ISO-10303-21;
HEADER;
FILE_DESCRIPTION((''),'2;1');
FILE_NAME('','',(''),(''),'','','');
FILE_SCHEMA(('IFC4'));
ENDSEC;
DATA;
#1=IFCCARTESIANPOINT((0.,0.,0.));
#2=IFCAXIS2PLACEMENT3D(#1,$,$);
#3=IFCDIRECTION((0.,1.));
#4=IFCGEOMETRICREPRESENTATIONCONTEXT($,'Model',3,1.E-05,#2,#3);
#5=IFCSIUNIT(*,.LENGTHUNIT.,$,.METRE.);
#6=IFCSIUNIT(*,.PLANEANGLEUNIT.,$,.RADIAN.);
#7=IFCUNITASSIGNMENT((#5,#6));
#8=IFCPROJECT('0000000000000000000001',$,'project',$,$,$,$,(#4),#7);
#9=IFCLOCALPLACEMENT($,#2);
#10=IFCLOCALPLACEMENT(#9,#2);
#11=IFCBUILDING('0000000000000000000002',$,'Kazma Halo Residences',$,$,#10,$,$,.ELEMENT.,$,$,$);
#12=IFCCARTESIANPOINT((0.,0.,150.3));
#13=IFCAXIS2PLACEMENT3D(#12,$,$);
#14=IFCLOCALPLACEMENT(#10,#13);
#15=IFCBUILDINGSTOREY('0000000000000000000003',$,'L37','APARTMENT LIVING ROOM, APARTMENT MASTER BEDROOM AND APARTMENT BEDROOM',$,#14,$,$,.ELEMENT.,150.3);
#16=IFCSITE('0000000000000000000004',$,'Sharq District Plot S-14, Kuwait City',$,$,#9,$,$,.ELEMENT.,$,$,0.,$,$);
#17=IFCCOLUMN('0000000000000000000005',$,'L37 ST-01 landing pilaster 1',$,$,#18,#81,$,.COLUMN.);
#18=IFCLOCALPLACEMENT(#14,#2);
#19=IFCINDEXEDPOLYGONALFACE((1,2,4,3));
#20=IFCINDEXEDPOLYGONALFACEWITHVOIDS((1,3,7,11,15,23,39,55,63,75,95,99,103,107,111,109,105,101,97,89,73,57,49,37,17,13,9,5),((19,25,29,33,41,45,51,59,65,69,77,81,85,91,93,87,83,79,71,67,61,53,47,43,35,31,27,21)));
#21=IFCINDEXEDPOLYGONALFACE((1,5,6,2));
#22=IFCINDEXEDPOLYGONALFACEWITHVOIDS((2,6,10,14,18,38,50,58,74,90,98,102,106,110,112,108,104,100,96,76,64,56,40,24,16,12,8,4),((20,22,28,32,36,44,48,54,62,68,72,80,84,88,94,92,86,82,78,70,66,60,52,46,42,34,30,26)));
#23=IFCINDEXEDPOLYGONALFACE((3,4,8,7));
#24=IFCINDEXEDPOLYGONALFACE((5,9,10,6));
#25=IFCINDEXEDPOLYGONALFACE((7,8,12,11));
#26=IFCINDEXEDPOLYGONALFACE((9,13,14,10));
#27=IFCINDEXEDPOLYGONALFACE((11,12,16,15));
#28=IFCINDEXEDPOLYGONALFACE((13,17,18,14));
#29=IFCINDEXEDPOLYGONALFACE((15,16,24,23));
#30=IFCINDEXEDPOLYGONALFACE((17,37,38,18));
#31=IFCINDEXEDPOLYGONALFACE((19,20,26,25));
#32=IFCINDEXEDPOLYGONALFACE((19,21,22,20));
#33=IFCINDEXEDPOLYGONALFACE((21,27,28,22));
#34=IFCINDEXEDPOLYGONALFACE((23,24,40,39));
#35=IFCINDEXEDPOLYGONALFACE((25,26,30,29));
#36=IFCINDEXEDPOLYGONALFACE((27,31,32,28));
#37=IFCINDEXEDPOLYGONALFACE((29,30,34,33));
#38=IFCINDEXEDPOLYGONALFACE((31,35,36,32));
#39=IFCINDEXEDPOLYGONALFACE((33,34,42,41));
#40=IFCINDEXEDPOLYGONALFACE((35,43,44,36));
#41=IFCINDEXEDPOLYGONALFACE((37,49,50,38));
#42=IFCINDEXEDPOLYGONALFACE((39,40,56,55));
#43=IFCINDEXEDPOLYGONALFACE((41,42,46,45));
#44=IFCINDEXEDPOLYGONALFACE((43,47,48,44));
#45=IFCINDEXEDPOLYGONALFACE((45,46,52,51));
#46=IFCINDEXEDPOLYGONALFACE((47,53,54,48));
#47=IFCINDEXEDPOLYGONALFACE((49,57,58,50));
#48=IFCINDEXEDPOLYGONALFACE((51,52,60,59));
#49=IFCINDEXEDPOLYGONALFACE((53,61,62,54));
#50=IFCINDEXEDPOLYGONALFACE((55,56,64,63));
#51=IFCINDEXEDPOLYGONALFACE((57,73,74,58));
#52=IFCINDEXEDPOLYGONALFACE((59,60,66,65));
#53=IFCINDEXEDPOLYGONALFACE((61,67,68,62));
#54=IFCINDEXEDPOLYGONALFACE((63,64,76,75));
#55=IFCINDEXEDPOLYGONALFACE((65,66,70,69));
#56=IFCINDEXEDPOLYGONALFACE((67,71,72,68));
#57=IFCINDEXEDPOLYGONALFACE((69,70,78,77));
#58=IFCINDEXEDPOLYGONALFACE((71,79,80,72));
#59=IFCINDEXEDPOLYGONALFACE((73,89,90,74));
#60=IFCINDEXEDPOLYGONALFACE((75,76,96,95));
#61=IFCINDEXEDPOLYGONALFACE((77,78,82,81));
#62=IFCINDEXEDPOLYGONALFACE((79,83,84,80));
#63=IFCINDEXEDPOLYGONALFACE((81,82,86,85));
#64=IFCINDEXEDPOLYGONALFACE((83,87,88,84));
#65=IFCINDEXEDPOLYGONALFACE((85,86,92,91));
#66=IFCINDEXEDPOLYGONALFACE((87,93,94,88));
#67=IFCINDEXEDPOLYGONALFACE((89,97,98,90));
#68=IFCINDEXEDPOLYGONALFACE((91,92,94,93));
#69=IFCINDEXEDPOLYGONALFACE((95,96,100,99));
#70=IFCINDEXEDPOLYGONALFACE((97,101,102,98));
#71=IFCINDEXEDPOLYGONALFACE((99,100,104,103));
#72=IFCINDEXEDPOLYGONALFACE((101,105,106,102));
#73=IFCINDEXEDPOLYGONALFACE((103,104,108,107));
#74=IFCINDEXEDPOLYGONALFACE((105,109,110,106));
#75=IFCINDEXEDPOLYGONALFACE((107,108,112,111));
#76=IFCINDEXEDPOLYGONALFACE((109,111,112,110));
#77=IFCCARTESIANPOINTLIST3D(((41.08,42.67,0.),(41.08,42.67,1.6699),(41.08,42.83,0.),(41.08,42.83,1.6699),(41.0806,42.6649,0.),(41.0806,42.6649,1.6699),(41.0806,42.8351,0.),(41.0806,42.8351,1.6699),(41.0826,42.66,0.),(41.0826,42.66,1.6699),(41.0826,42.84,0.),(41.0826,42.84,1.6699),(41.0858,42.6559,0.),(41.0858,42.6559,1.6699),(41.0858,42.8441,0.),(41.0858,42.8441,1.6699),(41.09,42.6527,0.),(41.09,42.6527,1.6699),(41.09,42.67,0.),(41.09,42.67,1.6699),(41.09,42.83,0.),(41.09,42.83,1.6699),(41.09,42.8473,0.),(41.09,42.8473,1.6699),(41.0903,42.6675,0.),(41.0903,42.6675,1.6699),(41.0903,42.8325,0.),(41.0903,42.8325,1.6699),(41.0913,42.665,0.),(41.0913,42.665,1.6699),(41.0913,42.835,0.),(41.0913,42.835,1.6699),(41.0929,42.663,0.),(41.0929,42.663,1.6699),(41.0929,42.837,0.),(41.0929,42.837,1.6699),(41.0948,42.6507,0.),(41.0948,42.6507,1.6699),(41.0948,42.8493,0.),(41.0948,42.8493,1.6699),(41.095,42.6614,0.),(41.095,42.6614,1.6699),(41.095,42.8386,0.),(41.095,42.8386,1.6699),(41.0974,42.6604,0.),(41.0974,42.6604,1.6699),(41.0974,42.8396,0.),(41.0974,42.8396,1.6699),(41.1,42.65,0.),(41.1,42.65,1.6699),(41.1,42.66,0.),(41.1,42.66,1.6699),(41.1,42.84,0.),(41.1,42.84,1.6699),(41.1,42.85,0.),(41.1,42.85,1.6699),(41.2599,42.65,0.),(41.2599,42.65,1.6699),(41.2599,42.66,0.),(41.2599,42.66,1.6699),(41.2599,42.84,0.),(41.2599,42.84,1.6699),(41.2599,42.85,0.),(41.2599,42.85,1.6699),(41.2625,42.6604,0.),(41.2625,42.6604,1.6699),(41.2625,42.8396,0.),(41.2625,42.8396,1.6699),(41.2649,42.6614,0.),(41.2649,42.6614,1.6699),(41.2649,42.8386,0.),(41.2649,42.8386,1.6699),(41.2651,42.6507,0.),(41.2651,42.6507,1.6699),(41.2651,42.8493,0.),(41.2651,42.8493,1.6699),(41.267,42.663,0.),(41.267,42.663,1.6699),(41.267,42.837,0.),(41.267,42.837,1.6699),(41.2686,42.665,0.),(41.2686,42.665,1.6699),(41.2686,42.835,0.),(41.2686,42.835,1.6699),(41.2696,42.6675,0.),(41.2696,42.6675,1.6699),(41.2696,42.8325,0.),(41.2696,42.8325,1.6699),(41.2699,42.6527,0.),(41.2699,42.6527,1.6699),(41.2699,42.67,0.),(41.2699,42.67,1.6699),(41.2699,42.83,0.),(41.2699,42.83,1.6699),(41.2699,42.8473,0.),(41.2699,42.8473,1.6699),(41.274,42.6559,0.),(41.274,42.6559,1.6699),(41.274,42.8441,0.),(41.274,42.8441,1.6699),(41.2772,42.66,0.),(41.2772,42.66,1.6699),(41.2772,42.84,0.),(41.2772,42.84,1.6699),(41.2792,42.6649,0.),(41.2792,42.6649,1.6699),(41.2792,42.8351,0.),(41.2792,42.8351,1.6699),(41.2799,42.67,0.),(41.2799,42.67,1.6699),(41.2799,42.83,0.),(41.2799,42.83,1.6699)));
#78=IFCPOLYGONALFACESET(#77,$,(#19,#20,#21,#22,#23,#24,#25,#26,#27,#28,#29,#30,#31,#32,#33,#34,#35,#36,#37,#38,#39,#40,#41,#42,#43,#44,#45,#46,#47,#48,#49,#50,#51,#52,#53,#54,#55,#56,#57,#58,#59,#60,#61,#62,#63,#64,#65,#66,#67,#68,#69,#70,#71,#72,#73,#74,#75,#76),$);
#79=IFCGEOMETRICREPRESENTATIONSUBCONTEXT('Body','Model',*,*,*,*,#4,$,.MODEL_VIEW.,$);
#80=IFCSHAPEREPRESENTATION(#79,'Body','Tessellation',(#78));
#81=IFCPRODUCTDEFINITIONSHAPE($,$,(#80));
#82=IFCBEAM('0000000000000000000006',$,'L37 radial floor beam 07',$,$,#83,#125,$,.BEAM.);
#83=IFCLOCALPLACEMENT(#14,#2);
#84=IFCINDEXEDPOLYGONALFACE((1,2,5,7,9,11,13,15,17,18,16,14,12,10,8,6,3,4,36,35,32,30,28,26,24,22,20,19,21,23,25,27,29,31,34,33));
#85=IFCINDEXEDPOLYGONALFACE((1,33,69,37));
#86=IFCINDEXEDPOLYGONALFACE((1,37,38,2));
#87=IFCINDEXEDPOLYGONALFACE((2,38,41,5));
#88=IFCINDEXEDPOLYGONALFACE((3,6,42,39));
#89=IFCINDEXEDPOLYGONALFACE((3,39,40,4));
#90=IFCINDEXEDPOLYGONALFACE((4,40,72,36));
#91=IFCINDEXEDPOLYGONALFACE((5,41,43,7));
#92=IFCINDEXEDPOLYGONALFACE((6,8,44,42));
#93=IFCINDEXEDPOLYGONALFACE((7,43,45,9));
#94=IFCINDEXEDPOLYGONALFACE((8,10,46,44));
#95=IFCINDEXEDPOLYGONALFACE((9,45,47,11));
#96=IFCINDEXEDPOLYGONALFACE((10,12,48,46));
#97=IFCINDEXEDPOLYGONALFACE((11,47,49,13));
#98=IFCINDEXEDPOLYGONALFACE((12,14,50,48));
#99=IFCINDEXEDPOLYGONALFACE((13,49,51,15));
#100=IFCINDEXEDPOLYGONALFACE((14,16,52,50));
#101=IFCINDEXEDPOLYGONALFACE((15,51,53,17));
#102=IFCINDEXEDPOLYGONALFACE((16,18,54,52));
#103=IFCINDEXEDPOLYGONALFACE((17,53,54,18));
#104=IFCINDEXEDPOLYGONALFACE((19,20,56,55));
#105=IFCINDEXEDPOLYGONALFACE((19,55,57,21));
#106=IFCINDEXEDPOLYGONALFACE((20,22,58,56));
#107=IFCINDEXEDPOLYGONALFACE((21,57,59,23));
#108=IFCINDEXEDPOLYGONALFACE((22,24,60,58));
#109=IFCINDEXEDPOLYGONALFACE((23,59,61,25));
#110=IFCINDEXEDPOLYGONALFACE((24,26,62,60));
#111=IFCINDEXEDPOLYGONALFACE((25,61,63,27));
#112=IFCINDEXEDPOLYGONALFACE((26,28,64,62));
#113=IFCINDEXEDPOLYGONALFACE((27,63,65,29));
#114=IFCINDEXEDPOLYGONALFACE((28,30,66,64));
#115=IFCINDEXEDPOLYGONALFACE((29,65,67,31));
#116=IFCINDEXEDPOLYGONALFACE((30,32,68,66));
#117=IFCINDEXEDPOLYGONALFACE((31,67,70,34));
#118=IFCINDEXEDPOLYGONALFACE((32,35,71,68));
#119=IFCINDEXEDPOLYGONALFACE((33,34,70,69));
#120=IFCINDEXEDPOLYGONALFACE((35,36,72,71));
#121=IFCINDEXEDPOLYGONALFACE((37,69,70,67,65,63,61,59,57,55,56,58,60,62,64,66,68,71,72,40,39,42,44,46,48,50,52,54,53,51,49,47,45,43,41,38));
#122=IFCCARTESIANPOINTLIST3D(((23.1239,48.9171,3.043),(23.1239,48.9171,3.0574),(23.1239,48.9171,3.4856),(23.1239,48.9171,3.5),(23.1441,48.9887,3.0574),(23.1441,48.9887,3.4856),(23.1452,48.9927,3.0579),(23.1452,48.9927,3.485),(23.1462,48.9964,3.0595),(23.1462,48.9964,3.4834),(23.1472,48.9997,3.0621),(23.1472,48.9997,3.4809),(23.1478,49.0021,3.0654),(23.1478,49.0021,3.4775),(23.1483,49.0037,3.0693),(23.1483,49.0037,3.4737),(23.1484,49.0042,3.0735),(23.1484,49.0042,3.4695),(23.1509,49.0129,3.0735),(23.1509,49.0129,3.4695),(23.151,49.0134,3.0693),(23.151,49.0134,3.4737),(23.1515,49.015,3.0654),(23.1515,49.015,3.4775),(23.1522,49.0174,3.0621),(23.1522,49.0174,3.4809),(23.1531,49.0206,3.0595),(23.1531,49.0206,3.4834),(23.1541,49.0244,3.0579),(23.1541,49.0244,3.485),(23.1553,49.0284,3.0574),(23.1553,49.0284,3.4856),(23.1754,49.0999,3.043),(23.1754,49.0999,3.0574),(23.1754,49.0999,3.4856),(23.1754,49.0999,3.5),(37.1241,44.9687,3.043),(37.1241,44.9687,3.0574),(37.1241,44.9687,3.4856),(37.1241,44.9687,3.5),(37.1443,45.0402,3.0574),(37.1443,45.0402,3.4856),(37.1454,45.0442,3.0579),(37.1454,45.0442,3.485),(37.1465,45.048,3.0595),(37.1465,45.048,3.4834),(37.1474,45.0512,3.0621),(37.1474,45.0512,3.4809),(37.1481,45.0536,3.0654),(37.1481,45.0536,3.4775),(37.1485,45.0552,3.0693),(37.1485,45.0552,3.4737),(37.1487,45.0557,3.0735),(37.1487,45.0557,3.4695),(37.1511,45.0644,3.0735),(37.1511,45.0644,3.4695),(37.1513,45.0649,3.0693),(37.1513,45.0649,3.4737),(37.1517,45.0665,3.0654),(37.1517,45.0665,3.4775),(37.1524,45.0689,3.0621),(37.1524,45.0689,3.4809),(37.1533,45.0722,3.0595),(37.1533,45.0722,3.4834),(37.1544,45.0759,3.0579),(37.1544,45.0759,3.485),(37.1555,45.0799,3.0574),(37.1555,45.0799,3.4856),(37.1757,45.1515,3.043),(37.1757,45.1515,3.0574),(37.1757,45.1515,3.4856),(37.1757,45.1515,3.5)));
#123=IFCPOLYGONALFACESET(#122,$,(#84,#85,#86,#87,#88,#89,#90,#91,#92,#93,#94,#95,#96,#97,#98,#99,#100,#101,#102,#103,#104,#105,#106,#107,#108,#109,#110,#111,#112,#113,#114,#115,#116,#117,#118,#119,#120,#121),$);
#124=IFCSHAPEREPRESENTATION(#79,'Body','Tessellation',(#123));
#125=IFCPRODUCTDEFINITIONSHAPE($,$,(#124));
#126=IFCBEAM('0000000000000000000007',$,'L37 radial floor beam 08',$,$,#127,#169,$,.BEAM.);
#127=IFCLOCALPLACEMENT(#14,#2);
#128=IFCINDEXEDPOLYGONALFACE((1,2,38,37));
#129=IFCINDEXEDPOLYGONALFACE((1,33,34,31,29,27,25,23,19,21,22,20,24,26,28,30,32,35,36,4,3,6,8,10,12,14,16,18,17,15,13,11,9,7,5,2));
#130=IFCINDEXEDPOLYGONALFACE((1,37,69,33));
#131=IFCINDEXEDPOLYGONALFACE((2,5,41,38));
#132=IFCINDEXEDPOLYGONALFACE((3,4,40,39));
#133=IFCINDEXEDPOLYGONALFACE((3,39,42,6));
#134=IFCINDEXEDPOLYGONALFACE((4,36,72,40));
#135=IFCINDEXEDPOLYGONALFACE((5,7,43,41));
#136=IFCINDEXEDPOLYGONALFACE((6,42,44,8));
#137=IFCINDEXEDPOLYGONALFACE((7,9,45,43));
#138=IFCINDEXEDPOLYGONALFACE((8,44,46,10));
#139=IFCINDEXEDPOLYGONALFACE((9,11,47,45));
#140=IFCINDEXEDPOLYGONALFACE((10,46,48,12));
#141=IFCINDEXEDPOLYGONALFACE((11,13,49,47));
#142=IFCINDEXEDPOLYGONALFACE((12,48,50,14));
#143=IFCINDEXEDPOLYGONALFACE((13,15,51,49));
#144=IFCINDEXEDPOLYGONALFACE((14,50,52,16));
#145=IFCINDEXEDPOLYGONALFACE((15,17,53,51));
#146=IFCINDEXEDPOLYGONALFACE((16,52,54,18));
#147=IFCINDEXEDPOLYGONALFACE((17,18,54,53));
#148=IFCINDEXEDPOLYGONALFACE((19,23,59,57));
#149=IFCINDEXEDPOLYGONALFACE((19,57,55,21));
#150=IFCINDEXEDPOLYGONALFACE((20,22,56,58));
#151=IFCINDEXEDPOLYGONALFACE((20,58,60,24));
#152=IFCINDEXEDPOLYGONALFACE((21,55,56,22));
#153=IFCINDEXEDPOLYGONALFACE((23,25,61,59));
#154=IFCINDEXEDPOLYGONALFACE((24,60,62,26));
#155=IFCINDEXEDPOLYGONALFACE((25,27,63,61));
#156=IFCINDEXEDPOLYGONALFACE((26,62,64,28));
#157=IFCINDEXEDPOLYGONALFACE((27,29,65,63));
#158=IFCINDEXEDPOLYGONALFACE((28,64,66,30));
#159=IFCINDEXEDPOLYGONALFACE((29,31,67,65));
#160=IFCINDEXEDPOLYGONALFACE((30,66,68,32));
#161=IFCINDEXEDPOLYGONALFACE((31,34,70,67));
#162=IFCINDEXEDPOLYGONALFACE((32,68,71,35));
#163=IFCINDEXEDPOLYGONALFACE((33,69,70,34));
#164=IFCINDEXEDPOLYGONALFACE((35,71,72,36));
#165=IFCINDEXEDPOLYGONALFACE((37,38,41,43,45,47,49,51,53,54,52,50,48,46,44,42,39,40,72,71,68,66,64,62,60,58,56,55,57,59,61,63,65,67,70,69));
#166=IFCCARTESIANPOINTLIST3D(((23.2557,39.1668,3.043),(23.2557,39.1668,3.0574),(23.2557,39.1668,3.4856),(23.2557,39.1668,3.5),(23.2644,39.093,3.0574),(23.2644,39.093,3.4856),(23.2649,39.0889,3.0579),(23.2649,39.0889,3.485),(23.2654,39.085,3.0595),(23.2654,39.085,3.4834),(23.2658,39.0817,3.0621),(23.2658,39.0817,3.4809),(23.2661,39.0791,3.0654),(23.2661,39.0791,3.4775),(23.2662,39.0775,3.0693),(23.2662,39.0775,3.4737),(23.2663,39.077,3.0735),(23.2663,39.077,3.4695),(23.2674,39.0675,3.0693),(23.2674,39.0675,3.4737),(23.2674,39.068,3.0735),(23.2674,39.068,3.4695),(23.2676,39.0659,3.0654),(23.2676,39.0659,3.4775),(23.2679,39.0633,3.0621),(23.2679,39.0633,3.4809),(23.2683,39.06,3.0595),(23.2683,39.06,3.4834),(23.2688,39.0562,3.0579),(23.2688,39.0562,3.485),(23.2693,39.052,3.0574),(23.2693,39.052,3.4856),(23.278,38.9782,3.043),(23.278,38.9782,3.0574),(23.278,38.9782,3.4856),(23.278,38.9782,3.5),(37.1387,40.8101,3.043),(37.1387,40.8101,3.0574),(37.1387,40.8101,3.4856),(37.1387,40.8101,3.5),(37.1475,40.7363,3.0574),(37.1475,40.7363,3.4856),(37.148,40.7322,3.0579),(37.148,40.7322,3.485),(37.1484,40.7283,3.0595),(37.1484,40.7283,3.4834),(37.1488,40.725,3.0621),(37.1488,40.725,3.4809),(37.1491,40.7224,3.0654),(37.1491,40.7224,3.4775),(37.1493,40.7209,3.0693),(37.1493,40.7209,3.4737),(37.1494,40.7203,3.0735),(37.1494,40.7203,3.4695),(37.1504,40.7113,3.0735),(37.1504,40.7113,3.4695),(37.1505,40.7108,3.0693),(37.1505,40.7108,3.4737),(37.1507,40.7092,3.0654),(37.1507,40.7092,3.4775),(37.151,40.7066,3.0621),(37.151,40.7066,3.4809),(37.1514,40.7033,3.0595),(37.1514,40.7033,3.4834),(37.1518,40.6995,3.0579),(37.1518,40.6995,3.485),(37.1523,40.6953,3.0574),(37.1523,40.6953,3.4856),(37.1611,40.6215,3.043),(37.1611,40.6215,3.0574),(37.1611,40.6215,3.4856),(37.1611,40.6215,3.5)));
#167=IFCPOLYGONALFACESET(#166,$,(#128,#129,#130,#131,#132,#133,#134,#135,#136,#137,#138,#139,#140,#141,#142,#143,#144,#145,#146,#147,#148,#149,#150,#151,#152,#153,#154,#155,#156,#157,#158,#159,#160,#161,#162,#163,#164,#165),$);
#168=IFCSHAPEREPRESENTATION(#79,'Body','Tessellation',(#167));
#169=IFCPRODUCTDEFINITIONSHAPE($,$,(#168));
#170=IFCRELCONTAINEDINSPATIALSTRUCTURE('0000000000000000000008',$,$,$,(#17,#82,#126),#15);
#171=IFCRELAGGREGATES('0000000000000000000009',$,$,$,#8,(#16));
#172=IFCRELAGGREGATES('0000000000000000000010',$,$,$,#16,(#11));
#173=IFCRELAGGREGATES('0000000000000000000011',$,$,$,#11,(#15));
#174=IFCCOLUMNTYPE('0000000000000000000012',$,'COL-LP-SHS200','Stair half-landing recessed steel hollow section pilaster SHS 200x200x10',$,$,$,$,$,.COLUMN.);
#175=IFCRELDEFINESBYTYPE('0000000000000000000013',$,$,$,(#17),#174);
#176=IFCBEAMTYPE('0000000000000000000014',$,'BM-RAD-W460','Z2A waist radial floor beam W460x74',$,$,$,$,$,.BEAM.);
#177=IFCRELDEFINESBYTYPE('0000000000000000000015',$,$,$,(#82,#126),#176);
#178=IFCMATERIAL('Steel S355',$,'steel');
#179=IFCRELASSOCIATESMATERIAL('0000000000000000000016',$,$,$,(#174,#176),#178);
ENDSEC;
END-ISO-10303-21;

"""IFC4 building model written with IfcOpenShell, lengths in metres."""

from ifc_helpers import new_model, si_unit, direction, frame, origin, origin_2d, place, context, subcontext, project, spatial, hollow_rectangle, i_section, extrude, material, material_profile, profile_set, type_object, element, save


model = new_model("IFC4")

# Units and contexts
model_context = context("Model", 3, precision=1e-05, world=origin(), true_north=direction((0.0, 1.0)))
body_context = subcontext(model_context, "Body", "Model", "MODEL_VIEW")
ifc_project = project(units=[si_unit("LENGTHUNIT", "METRE"), si_unit("PLANEANGLEUNIT", "RADIAN")], contexts=[model_context])

# Site, building, storey
site_placement = place(None, origin())
site = spatial("IfcSite", under=ifc_project, at=site_placement, Name="Sharq District Plot S-14, Kuwait City", CompositionType="ELEMENT", RefElevation=0.0)
building_placement = place(site_placement, origin())
building = spatial("IfcBuilding", under=site, at=building_placement, Name="Kazma Halo Residences", CompositionType="ELEMENT")
storey_placement = place(building_placement, frame((0.0, 0.0, 150.3)))
storey = spatial("IfcBuildingStorey", under=building, at=storey_placement, Name="L37", Description="APARTMENT LIVING ROOM, APARTMENT MASTER BEDROOM AND APARTMENT BEDROOM", CompositionType="ELEMENT", Elevation=150.3)

# Column
ifc_material_1 = material(Name="Steel S355", Category="steel")
ifc_material_profile_1 = material_profile(ifc_material_1, hollow_rectangle(XDim=0.2, YDim=0.2, WallThickness=0.01, InnerFilletRadius=0.01, OuterFilletRadius=0.02, at=origin_2d()), Name="SHS200x200x10")
ifc_profile_set_1 = profile_set([ifc_material_profile_1], Name="Steel S355")
column_type = type_object("IfcColumnType", Name="COL-LP-SHS200", Description="Stair half-landing recessed steel hollow section pilaster SHS 200x200x10", PredefinedType="COLUMN", material=ifc_profile_set_1)
column_placement = place(storey_placement, frame((41.1799, 42.75, 0.0), z_axis=(0.0, 0.0, 1.0), x_axis=(1.0, 0.0, 0.0)))
element("IfcColumn", 1, at=column_placement, inside=storey, type_object=column_type, Name="L37 ST-01 landing pilaster 1", PredefinedType="COLUMN", context=body_context, shape_type="SweptSolid", body=[
    extrude(hollow_rectangle(XDim=0.2, YDim=0.2, WallThickness=0.01, InnerFilletRadius=0.01, OuterFilletRadius=0.02, at=origin_2d()), origin(), (0.0, 0.0, 1.0), 1.6699),
])

# Beams
ifc_material_profile_2 = material_profile(ifc_material_1, i_section(OverallWidth=0.1899, OverallDepth=0.457, WebThickness=0.009, FlangeThickness=0.0144, FilletRadius=0.0161, at=origin_2d()), Name="W460x74")
ifc_profile_set_2 = profile_set([ifc_material_profile_2], Name="Steel S355")
beam_type_1 = type_object("IfcBeamType", Name="BM-RAD-W460", Description="Z2A waist radial floor beam W460x74", PredefinedType="BEAM", material=ifc_profile_set_2)
beam_1_placement = place(storey_placement, frame((37.1499, 45.0601, 3.2715), z_axis=(-0.962455, 0.271441, 0.0), x_axis=(-0.271441, -0.962455, 0.0)))
element("IfcBeam", 2, at=beam_1_placement, inside=storey, type_object=beam_type_1, Name="L37 radial floor beam 07", PredefinedType="BEAM", context=body_context, shape_type="SweptSolid", body=[
    extrude(i_section(OverallWidth=0.1899, OverallDepth=0.457, WebThickness=0.009, FlangeThickness=0.0144, FilletRadius=0.0161, at=origin_2d()), origin(), (0.0, 0.0, 1.0), 14.5464),
])
beam_2_placement = place(storey_placement, frame((37.1499, 40.7158, 3.2715), z_axis=(-0.993067, -0.117547, 0.0), x_axis=(0.117547, -0.993067, 0.0)))
element("IfcBeam", 3, at=beam_2_placement, inside=storey, type_object=beam_type_1, Name="L37 radial floor beam 08", PredefinedType="BEAM", context=body_context, shape_type="SweptSolid", body=[
    extrude(i_section(OverallWidth=0.1899, OverallDepth=0.457, WebThickness=0.009, FlangeThickness=0.0144, FilletRadius=0.0161, at=origin_2d()), origin(), (0.0, 0.0, 1.0), 13.98),
])

save(model, "model.ifc")
